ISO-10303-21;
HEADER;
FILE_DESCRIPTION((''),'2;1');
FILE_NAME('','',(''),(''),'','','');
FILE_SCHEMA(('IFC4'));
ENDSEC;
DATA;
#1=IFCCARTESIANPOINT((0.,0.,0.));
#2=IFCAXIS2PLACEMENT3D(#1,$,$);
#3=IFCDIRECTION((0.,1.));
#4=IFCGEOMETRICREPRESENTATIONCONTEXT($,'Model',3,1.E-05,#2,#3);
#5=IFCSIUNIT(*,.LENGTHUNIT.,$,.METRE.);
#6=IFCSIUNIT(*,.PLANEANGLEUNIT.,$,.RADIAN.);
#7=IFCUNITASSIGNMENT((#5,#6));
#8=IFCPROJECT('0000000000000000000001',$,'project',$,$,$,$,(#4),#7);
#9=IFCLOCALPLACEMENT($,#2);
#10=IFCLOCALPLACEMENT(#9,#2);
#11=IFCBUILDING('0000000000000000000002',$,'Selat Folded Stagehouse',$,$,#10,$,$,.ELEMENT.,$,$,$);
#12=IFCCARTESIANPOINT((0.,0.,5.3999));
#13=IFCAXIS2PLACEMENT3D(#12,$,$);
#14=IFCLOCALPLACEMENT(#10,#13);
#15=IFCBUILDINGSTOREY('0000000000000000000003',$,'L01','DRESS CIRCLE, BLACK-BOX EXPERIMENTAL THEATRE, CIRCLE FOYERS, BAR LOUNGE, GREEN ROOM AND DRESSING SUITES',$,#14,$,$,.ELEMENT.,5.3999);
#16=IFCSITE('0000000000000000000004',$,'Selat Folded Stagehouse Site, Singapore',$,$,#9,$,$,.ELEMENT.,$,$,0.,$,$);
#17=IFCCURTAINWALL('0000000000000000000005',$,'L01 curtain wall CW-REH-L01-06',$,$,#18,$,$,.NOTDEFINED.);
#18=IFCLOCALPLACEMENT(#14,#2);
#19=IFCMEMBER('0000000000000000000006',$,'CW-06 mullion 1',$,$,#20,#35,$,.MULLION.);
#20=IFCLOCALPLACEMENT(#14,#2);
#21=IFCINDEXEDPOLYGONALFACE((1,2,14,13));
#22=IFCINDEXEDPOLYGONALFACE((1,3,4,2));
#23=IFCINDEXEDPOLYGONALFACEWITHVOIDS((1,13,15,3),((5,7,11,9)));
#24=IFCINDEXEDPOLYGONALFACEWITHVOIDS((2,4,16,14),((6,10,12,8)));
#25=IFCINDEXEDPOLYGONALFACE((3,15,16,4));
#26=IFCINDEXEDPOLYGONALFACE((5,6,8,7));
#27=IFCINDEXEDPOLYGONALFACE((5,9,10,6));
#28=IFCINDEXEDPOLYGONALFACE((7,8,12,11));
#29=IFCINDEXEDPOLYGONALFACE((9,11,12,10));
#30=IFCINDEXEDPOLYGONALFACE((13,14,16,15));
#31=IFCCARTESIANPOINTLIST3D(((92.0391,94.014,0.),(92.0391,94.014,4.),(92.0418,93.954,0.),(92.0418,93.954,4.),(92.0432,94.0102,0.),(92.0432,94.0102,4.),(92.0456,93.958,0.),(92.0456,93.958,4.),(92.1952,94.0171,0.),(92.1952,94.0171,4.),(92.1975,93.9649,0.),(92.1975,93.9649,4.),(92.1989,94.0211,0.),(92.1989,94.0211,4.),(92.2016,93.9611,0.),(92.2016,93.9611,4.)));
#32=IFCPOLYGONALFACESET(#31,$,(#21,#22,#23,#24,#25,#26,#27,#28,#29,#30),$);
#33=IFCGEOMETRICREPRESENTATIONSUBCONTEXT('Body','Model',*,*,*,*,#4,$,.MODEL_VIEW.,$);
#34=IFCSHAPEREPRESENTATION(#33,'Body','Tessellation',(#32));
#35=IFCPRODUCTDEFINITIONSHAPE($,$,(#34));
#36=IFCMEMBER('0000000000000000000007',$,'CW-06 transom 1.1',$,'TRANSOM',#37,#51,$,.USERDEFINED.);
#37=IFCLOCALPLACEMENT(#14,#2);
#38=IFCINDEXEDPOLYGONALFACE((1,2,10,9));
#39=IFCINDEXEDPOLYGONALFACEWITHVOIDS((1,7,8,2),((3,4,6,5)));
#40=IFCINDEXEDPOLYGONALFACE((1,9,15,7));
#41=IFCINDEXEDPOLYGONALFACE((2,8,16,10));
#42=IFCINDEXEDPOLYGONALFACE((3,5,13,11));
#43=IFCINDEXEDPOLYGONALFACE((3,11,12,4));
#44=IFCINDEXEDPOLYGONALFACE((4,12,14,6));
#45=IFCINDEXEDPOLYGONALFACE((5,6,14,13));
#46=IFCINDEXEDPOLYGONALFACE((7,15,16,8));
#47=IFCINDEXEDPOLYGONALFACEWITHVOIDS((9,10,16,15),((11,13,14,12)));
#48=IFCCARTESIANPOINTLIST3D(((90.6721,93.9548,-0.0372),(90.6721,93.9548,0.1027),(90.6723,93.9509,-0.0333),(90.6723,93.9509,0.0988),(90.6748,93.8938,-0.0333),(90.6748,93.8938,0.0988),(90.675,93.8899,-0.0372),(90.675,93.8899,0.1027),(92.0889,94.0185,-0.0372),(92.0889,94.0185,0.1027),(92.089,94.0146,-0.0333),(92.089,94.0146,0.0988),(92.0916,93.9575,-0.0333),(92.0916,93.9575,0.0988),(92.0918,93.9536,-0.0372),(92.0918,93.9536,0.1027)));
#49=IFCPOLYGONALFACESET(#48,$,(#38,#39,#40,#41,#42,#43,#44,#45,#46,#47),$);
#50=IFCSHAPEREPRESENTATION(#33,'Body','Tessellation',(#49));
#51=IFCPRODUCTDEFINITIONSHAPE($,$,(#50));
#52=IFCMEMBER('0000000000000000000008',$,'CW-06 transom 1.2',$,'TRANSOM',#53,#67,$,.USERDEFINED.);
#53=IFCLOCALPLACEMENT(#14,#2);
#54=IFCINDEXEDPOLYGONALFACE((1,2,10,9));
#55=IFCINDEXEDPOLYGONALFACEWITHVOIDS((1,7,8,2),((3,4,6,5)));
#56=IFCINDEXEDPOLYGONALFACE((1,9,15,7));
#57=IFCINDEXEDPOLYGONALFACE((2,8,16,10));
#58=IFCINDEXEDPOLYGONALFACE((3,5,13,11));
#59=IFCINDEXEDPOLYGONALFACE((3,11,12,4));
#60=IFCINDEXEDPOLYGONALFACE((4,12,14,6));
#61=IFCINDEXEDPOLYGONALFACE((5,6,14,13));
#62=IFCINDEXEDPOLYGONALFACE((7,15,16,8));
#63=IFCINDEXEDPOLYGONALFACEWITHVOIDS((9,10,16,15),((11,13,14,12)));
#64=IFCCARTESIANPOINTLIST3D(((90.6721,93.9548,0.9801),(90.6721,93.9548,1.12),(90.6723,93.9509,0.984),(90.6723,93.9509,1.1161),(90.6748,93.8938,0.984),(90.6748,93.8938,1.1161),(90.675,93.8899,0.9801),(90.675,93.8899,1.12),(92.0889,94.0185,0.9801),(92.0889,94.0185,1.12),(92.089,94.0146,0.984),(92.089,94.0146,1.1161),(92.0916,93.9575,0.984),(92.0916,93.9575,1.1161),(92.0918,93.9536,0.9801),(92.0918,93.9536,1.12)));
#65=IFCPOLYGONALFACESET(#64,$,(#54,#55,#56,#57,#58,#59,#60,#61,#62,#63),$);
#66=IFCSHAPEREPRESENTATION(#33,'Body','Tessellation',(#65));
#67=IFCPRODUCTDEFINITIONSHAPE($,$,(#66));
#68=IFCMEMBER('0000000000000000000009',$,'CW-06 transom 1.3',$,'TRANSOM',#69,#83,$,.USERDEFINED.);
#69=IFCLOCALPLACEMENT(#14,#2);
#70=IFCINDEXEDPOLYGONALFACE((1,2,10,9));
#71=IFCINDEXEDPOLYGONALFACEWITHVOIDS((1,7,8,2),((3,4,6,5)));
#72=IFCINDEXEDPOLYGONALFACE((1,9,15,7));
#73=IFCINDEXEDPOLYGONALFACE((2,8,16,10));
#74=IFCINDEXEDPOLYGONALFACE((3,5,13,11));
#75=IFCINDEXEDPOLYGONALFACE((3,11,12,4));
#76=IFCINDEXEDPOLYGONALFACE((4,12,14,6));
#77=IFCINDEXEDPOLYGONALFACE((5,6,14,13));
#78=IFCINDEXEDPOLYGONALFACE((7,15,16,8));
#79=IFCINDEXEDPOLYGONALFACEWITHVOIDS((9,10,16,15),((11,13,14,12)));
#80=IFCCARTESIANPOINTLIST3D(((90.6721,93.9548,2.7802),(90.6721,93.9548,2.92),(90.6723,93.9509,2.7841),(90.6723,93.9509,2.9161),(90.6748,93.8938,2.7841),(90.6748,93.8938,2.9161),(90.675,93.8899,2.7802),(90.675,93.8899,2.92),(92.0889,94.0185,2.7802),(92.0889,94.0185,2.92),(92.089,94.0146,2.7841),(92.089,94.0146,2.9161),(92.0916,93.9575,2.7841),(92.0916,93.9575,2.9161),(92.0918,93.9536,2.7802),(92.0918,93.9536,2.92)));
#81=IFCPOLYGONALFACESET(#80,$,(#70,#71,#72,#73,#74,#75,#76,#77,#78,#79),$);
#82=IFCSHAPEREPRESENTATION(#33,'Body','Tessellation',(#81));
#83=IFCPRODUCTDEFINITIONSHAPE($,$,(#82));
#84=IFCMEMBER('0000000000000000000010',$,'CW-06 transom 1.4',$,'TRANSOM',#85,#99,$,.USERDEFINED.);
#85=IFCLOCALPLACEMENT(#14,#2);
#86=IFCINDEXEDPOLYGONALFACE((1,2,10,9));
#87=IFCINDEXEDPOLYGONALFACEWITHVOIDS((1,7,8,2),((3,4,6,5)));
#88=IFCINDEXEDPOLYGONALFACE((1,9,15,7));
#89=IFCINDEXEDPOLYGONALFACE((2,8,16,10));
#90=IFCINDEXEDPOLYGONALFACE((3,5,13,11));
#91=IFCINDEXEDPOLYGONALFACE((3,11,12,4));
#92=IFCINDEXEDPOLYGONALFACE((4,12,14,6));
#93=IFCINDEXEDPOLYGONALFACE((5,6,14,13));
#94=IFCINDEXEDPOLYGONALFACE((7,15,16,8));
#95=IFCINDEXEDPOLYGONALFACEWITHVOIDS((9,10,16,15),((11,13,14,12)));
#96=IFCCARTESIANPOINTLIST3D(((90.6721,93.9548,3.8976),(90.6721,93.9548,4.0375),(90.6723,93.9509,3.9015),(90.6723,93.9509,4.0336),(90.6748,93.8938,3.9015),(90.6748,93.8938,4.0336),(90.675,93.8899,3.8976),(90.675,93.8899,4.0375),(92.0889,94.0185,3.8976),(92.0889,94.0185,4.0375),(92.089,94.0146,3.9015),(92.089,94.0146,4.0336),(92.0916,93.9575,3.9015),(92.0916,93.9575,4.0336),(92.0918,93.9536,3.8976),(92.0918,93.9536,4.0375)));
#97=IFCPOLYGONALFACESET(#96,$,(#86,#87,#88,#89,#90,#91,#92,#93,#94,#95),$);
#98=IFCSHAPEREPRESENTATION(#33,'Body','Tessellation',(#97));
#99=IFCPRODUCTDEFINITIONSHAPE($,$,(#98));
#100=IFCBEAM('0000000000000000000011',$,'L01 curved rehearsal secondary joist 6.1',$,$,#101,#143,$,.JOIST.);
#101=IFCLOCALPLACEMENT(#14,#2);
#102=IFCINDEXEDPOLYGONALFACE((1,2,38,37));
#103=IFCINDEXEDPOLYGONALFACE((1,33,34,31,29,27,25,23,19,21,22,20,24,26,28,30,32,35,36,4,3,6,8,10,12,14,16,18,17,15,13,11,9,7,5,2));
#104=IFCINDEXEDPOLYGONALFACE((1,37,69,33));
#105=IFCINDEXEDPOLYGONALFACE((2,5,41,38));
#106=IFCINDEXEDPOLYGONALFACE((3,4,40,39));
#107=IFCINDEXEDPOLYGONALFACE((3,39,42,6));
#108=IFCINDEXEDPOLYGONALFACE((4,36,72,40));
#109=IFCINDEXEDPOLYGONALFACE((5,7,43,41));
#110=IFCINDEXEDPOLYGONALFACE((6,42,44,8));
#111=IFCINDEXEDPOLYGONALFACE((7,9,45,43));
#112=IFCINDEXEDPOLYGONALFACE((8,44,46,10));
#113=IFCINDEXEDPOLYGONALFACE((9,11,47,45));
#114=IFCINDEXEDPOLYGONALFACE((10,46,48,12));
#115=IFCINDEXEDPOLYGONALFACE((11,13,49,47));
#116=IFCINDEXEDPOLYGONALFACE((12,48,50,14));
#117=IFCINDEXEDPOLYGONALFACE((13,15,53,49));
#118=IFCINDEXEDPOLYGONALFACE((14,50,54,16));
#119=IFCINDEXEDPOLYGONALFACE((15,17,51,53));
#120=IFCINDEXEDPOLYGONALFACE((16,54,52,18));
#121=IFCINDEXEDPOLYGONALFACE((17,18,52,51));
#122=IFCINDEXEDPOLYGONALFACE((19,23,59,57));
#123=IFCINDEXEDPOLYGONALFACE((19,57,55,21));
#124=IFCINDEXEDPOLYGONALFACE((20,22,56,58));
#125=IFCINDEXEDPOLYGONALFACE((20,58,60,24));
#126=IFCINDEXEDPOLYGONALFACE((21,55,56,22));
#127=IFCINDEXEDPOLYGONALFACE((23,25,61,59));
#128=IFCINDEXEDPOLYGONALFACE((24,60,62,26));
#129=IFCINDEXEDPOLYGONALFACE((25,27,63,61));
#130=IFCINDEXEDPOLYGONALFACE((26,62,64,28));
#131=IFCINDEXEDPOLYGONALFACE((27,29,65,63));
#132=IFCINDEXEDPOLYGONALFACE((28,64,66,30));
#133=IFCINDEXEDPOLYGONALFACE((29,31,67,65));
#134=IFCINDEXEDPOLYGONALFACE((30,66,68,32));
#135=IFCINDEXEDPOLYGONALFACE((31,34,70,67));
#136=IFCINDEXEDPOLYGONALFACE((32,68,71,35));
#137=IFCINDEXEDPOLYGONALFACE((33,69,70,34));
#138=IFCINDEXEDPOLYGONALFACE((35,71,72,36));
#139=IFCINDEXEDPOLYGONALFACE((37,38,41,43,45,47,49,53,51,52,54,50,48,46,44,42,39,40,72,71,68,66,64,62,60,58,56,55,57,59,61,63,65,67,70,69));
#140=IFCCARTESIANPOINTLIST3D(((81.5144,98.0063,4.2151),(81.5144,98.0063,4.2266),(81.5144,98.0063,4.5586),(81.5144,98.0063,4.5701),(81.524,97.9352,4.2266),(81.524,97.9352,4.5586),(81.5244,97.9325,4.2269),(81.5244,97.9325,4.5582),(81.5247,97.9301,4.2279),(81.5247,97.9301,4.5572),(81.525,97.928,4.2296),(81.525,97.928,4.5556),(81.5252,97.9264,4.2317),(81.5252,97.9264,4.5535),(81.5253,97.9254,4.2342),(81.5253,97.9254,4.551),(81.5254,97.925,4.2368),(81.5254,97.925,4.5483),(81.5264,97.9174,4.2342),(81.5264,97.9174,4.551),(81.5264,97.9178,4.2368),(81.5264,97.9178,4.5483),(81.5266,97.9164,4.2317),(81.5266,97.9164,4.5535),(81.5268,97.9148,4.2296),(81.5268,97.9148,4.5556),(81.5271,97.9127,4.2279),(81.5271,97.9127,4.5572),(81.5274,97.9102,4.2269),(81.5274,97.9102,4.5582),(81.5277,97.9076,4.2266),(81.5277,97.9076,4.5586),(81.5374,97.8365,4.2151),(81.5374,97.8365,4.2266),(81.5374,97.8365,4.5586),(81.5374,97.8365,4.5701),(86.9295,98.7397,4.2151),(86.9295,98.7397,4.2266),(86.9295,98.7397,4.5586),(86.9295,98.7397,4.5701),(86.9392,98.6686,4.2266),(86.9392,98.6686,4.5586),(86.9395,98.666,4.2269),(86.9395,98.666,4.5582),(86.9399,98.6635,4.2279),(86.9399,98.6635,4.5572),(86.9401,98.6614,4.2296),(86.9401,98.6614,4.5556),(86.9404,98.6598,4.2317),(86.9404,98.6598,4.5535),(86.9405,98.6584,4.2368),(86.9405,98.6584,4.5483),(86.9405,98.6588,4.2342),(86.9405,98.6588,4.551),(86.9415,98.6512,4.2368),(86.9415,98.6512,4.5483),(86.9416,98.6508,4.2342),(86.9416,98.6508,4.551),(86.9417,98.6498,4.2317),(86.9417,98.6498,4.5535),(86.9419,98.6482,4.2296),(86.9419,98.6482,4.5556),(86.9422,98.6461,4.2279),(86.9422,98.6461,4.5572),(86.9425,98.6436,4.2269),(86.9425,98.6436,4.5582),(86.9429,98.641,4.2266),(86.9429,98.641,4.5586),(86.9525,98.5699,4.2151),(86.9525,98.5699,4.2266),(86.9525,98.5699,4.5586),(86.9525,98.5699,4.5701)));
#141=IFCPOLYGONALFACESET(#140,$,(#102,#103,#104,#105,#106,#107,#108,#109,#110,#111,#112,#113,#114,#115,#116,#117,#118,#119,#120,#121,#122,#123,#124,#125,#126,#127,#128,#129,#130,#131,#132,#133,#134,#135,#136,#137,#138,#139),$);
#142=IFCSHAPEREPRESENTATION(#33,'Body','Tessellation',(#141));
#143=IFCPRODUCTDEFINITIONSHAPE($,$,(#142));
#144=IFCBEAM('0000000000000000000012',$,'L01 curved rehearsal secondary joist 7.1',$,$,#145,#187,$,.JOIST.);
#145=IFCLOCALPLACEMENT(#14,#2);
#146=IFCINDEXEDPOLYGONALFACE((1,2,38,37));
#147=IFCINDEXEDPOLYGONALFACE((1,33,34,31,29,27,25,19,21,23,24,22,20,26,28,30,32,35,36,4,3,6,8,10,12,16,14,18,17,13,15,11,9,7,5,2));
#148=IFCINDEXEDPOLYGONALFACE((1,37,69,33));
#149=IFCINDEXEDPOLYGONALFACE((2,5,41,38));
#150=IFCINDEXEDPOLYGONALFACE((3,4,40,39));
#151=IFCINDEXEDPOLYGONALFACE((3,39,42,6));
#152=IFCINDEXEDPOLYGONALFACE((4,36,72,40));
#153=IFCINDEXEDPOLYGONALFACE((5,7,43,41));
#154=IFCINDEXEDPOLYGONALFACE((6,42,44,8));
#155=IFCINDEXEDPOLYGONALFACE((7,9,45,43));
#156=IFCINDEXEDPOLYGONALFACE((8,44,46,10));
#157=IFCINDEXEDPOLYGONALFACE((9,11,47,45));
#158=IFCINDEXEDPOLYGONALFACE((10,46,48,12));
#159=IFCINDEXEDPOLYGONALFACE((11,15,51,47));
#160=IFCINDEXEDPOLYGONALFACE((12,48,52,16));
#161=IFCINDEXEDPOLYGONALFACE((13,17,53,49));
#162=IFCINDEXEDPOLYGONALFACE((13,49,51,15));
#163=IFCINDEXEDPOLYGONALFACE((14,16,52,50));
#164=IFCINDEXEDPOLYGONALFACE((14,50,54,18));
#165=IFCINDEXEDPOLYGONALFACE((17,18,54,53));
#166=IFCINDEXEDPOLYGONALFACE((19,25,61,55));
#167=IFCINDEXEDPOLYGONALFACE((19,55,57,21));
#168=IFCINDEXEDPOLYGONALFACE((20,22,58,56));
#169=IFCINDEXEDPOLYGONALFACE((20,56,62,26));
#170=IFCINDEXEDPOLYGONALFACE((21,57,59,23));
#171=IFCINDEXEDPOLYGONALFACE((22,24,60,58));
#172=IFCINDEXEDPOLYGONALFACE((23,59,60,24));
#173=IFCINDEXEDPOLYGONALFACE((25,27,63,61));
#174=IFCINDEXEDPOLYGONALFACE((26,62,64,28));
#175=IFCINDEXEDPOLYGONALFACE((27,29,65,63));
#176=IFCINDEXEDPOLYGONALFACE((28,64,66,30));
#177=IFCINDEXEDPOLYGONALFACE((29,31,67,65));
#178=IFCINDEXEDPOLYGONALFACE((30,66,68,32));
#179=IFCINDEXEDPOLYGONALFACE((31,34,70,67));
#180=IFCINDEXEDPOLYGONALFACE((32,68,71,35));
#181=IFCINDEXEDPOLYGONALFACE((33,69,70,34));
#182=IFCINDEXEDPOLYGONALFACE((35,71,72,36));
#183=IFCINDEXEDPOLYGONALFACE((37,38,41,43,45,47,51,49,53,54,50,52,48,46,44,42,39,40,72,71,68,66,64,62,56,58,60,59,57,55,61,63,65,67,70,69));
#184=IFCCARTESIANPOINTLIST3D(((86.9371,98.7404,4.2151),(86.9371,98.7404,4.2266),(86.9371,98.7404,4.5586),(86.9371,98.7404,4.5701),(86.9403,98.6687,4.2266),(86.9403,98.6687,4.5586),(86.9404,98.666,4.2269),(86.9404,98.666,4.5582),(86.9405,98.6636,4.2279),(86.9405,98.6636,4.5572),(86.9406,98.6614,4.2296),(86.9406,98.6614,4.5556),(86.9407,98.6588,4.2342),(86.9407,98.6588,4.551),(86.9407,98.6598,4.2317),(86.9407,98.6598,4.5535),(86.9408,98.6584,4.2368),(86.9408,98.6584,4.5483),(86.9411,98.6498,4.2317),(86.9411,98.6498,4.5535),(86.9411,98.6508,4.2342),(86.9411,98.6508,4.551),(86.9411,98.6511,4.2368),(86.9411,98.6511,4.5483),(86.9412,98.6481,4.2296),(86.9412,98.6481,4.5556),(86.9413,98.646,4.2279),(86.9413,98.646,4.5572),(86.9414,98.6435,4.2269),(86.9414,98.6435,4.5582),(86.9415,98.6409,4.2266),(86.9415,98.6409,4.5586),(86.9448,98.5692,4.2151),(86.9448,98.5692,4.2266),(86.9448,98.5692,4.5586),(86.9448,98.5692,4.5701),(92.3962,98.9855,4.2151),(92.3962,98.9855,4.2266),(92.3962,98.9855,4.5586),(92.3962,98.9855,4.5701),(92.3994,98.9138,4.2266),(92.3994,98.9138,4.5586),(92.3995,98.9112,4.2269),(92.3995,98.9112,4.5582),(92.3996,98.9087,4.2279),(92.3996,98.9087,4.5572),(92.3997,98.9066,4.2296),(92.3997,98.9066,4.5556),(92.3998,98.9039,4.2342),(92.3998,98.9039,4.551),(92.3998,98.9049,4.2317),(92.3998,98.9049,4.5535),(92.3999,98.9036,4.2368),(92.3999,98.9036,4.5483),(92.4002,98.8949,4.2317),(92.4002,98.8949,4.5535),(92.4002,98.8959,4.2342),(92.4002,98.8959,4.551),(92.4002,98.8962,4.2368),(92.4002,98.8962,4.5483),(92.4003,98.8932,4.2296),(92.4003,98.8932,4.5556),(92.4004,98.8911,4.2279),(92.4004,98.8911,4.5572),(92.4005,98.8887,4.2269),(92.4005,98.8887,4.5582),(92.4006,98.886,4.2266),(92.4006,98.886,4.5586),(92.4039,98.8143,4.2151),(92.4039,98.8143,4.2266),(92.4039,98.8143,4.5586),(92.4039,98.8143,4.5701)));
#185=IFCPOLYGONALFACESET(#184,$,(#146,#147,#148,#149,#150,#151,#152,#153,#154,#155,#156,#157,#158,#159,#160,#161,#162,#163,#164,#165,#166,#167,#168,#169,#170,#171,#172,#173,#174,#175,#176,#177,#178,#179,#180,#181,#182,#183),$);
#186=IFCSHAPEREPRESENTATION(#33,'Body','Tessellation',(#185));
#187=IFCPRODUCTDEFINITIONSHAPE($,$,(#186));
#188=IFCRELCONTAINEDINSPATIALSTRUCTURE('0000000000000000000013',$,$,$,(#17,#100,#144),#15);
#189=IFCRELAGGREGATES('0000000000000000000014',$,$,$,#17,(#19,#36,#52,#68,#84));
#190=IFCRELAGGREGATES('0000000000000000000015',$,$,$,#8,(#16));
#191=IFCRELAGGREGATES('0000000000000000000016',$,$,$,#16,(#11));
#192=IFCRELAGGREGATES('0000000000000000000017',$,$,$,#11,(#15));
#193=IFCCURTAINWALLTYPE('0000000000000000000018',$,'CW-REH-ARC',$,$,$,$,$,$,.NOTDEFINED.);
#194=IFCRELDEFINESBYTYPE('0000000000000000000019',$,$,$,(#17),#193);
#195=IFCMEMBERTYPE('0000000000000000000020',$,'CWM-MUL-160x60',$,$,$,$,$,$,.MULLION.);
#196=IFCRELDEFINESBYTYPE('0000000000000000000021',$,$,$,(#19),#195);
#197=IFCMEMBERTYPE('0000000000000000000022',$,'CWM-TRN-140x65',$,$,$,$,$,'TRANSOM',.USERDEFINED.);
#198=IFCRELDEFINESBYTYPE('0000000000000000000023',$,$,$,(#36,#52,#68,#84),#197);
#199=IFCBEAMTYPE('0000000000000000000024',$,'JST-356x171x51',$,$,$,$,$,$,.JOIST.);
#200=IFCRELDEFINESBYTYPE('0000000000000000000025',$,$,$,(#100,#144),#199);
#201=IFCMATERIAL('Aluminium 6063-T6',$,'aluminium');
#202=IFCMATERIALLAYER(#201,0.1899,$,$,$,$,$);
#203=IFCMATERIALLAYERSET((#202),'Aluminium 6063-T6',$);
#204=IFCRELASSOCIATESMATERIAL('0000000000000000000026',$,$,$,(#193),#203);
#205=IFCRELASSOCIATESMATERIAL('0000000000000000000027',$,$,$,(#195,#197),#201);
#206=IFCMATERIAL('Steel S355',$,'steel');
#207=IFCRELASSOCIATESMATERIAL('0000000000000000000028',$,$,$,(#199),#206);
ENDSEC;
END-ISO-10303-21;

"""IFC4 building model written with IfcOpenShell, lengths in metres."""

from ifc_helpers import new_model, si_unit, direction, frame, origin, origin_2d, place, context, subcontext, project, spatial, hollow_rectangle, i_section, extrude, material, layer, layer_set, material_profile, profile_set, type_object, element, aggregate, save


model = new_model("IFC4")

# Units and contexts
model_context = context("Model", 3, precision=1e-05, world=origin(), true_north=direction((0.0, 1.0)))
body_context = subcontext(model_context, "Body", "Model", "MODEL_VIEW")
ifc_project = project(units=[si_unit("LENGTHUNIT", "METRE"), si_unit("PLANEANGLEUNIT", "RADIAN")], contexts=[model_context])

# Site, building, storey
site_placement = place(None, origin())
site = spatial("IfcSite", under=ifc_project, at=site_placement, Name="Selat Folded Stagehouse Site, Singapore", CompositionType="ELEMENT", RefElevation=0.0)
building_placement = place(site_placement, origin())
building = spatial("IfcBuilding", under=site, at=building_placement, Name="Selat Folded Stagehouse", CompositionType="ELEMENT")
storey_placement = place(building_placement, frame((0.0, 0.0, 5.3999)))
storey = spatial("IfcBuildingStorey", under=building, at=storey_placement, Name="L01", Description="DRESS CIRCLE, BLACK-BOX EXPERIMENTAL THEATRE, CIRCLE FOYERS, BAR LOUNGE, GREEN ROOM AND DRESSING SUITES", CompositionType="ELEMENT", Elevation=5.3999)

# Shared definitions
ifc_material_1 = material(Name="Steel S355", Category="steel")

# Curtain wall, members
ifc_material_2 = material(Name="Aluminium 6063-T6", Category="aluminium")
ifc_layer_1 = layer(ifc_material_2, 0.1899)
ifc_layer_set_1 = layer_set([ifc_layer_1], Name="Aluminium 6063-T6")
curtain_wall_type = type_object("IfcCurtainWallType", Name="CW-REH-ARC", PredefinedType="NOTDEFINED", material=ifc_layer_set_1)
curtain_wall_placement = place(storey_placement, origin())
curtain_wall = element("IfcCurtainWall", 1, at=curtain_wall_placement, inside=storey, type_object=curtain_wall_type, Name="L01 curtain wall CW-REH-L01-06", PredefinedType="NOTDEFINED")
ifc_material_profile_1 = material_profile(ifc_material_2, hollow_rectangle(XDim=0.0601, YDim=0.1599, WallThickness=0.0039, at=origin_2d()), Name="ALU 160x60x4.0")
ifc_profile_set_1 = profile_set([ifc_material_profile_1], Name="Aluminium 6063-T6")
member_type_1 = type_object("IfcMemberType", Name="CWM-MUL-160x60", PredefinedType="MULLION", material=ifc_profile_set_1)
member_1_placement = place(storey_placement, frame((92.1204, 93.9875, 0.0), z_axis=(0.0, 0.0, 1.0), x_axis=(0.044862, -0.998993, 0.0)))
member_1 = element("IfcMember", 2, at=member_1_placement, type_object=member_type_1, Name="CW-06 mullion 1", PredefinedType="MULLION", context=body_context, shape_type="SweptSolid", body=[
    extrude(hollow_rectangle(XDim=0.0601, YDim=0.1599, WallThickness=0.0039, at=origin_2d()), origin(), (0.0, 0.0, 1.0), 4.0),
])
ifc_material_profile_2 = material_profile(ifc_material_2, hollow_rectangle(XDim=0.0649, YDim=0.1399, WallThickness=0.0039, at=origin_2d()), Name="ALU 140x65x4.0")
ifc_profile_set_2 = profile_set([ifc_material_profile_2], Name="Aluminium 6063-T6")
member_type_2 = type_object("IfcMemberType", Name="CWM-TRN-140x65", ElementType="TRANSOM", PredefinedType="USERDEFINED", material=ifc_profile_set_2)
member_2_placement = place(storey_placement, frame((92.0903, 93.9861, 0.0327), z_axis=(-0.99899, -0.044931, 0.0), x_axis=(0.044931, -0.99899, 0.0)))
member_2 = element("IfcMember", 3, at=member_2_placement, type_object=member_type_2, Name="CW-06 transom 1.1", ObjectType="TRANSOM", PredefinedType="USERDEFINED", context=body_context, shape_type="SweptSolid", body=[
    extrude(hollow_rectangle(XDim=0.0649, YDim=0.1399, WallThickness=0.0039, at=origin_2d()), origin(), (0.0, 0.0, 1.0), 1.4182),
])
member_3_placement = place(storey_placement, frame((92.0903, 93.9861, 1.05), z_axis=(-0.99899, -0.044931, 0.0), x_axis=(0.044931, -0.99899, 0.0)))
member_3 = element("IfcMember", 4, at=member_3_placement, type_object=member_type_2, Name="CW-06 transom 1.2", ObjectType="TRANSOM", PredefinedType="USERDEFINED", context=body_context, shape_type="SweptSolid", body=[
    extrude(hollow_rectangle(XDim=0.0649, YDim=0.1399, WallThickness=0.0039, at=origin_2d()), origin(), (0.0, 0.0, 1.0), 1.4182),
])
member_4_placement = place(storey_placement, frame((92.0903, 93.9861, 2.8501), z_axis=(-0.99899, -0.044931, 0.0), x_axis=(0.044931, -0.99899, 0.0)))
member_4 = element("IfcMember", 5, at=member_4_placement, type_object=member_type_2, Name="CW-06 transom 1.3", ObjectType="TRANSOM", PredefinedType="USERDEFINED", context=body_context, shape_type="SweptSolid", body=[
    extrude(hollow_rectangle(XDim=0.0649, YDim=0.1399, WallThickness=0.0039, at=origin_2d()), origin(), (0.0, 0.0, 1.0), 1.4182),
])
member_5_placement = place(storey_placement, frame((92.0903, 93.9861, 3.9675), z_axis=(-0.99899, -0.044931, 0.0), x_axis=(0.044931, -0.99899, 0.0)))
member_5 = element("IfcMember", 6, at=member_5_placement, type_object=member_type_2, Name="CW-06 transom 1.4", ObjectType="TRANSOM", PredefinedType="USERDEFINED", context=body_context, shape_type="SweptSolid", body=[
    extrude(hollow_rectangle(XDim=0.0649, YDim=0.1399, WallThickness=0.0039, at=origin_2d()), origin(), (0.0, 0.0, 1.0), 1.4182),
])
aggregate(curtain_wall, [member_1, member_2, member_3, member_4, member_5])

# Beams
ifc_material_profile_3 = material_profile(ifc_material_1, i_section(OverallWidth=0.1714, OverallDepth=0.355, WebThickness=0.0073, FlangeThickness=0.0115, FilletRadius=0.0103, at=origin_2d()), Name="UKB 356x171x51")
ifc_profile_set_3 = profile_set([ifc_material_profile_3], Name="Steel S355")
beam_type_1 = type_object("IfcBeamType", Name="JST-356x171x51", PredefinedType="JOIST", material=ifc_profile_set_3)
for number, where, z_axis, x_axis, name in (
    (7, (81.5259, 97.9214, 4.3926), (0.990953, 0.134212, 0.0), (-0.134212, 0.990953, 0.0), "L01 curved rehearsal secondary joist 6.1"),
    (8, (86.9409, 98.6548, 4.3926), (0.998993, 0.044856, 0.0), (-0.044856, 0.998993, 0.0), "L01 curved rehearsal secondary joist 7.1"),
):
    element("IfcBeam", number, at=place(storey_placement, frame(where, z_axis=z_axis, x_axis=x_axis)), inside=storey, type_object=beam_type_1, Name=name, PredefinedType="JOIST", context=body_context, shape_type="SweptSolid", body=[
        extrude(i_section(OverallWidth=0.1714, OverallDepth=0.355, WebThickness=0.0073, FlangeThickness=0.0115, FilletRadius=0.0103, at=origin_2d()), origin(), (0.0, 0.0, 1.0), 5.4646),
    ])

save(model, "model.ifc")
